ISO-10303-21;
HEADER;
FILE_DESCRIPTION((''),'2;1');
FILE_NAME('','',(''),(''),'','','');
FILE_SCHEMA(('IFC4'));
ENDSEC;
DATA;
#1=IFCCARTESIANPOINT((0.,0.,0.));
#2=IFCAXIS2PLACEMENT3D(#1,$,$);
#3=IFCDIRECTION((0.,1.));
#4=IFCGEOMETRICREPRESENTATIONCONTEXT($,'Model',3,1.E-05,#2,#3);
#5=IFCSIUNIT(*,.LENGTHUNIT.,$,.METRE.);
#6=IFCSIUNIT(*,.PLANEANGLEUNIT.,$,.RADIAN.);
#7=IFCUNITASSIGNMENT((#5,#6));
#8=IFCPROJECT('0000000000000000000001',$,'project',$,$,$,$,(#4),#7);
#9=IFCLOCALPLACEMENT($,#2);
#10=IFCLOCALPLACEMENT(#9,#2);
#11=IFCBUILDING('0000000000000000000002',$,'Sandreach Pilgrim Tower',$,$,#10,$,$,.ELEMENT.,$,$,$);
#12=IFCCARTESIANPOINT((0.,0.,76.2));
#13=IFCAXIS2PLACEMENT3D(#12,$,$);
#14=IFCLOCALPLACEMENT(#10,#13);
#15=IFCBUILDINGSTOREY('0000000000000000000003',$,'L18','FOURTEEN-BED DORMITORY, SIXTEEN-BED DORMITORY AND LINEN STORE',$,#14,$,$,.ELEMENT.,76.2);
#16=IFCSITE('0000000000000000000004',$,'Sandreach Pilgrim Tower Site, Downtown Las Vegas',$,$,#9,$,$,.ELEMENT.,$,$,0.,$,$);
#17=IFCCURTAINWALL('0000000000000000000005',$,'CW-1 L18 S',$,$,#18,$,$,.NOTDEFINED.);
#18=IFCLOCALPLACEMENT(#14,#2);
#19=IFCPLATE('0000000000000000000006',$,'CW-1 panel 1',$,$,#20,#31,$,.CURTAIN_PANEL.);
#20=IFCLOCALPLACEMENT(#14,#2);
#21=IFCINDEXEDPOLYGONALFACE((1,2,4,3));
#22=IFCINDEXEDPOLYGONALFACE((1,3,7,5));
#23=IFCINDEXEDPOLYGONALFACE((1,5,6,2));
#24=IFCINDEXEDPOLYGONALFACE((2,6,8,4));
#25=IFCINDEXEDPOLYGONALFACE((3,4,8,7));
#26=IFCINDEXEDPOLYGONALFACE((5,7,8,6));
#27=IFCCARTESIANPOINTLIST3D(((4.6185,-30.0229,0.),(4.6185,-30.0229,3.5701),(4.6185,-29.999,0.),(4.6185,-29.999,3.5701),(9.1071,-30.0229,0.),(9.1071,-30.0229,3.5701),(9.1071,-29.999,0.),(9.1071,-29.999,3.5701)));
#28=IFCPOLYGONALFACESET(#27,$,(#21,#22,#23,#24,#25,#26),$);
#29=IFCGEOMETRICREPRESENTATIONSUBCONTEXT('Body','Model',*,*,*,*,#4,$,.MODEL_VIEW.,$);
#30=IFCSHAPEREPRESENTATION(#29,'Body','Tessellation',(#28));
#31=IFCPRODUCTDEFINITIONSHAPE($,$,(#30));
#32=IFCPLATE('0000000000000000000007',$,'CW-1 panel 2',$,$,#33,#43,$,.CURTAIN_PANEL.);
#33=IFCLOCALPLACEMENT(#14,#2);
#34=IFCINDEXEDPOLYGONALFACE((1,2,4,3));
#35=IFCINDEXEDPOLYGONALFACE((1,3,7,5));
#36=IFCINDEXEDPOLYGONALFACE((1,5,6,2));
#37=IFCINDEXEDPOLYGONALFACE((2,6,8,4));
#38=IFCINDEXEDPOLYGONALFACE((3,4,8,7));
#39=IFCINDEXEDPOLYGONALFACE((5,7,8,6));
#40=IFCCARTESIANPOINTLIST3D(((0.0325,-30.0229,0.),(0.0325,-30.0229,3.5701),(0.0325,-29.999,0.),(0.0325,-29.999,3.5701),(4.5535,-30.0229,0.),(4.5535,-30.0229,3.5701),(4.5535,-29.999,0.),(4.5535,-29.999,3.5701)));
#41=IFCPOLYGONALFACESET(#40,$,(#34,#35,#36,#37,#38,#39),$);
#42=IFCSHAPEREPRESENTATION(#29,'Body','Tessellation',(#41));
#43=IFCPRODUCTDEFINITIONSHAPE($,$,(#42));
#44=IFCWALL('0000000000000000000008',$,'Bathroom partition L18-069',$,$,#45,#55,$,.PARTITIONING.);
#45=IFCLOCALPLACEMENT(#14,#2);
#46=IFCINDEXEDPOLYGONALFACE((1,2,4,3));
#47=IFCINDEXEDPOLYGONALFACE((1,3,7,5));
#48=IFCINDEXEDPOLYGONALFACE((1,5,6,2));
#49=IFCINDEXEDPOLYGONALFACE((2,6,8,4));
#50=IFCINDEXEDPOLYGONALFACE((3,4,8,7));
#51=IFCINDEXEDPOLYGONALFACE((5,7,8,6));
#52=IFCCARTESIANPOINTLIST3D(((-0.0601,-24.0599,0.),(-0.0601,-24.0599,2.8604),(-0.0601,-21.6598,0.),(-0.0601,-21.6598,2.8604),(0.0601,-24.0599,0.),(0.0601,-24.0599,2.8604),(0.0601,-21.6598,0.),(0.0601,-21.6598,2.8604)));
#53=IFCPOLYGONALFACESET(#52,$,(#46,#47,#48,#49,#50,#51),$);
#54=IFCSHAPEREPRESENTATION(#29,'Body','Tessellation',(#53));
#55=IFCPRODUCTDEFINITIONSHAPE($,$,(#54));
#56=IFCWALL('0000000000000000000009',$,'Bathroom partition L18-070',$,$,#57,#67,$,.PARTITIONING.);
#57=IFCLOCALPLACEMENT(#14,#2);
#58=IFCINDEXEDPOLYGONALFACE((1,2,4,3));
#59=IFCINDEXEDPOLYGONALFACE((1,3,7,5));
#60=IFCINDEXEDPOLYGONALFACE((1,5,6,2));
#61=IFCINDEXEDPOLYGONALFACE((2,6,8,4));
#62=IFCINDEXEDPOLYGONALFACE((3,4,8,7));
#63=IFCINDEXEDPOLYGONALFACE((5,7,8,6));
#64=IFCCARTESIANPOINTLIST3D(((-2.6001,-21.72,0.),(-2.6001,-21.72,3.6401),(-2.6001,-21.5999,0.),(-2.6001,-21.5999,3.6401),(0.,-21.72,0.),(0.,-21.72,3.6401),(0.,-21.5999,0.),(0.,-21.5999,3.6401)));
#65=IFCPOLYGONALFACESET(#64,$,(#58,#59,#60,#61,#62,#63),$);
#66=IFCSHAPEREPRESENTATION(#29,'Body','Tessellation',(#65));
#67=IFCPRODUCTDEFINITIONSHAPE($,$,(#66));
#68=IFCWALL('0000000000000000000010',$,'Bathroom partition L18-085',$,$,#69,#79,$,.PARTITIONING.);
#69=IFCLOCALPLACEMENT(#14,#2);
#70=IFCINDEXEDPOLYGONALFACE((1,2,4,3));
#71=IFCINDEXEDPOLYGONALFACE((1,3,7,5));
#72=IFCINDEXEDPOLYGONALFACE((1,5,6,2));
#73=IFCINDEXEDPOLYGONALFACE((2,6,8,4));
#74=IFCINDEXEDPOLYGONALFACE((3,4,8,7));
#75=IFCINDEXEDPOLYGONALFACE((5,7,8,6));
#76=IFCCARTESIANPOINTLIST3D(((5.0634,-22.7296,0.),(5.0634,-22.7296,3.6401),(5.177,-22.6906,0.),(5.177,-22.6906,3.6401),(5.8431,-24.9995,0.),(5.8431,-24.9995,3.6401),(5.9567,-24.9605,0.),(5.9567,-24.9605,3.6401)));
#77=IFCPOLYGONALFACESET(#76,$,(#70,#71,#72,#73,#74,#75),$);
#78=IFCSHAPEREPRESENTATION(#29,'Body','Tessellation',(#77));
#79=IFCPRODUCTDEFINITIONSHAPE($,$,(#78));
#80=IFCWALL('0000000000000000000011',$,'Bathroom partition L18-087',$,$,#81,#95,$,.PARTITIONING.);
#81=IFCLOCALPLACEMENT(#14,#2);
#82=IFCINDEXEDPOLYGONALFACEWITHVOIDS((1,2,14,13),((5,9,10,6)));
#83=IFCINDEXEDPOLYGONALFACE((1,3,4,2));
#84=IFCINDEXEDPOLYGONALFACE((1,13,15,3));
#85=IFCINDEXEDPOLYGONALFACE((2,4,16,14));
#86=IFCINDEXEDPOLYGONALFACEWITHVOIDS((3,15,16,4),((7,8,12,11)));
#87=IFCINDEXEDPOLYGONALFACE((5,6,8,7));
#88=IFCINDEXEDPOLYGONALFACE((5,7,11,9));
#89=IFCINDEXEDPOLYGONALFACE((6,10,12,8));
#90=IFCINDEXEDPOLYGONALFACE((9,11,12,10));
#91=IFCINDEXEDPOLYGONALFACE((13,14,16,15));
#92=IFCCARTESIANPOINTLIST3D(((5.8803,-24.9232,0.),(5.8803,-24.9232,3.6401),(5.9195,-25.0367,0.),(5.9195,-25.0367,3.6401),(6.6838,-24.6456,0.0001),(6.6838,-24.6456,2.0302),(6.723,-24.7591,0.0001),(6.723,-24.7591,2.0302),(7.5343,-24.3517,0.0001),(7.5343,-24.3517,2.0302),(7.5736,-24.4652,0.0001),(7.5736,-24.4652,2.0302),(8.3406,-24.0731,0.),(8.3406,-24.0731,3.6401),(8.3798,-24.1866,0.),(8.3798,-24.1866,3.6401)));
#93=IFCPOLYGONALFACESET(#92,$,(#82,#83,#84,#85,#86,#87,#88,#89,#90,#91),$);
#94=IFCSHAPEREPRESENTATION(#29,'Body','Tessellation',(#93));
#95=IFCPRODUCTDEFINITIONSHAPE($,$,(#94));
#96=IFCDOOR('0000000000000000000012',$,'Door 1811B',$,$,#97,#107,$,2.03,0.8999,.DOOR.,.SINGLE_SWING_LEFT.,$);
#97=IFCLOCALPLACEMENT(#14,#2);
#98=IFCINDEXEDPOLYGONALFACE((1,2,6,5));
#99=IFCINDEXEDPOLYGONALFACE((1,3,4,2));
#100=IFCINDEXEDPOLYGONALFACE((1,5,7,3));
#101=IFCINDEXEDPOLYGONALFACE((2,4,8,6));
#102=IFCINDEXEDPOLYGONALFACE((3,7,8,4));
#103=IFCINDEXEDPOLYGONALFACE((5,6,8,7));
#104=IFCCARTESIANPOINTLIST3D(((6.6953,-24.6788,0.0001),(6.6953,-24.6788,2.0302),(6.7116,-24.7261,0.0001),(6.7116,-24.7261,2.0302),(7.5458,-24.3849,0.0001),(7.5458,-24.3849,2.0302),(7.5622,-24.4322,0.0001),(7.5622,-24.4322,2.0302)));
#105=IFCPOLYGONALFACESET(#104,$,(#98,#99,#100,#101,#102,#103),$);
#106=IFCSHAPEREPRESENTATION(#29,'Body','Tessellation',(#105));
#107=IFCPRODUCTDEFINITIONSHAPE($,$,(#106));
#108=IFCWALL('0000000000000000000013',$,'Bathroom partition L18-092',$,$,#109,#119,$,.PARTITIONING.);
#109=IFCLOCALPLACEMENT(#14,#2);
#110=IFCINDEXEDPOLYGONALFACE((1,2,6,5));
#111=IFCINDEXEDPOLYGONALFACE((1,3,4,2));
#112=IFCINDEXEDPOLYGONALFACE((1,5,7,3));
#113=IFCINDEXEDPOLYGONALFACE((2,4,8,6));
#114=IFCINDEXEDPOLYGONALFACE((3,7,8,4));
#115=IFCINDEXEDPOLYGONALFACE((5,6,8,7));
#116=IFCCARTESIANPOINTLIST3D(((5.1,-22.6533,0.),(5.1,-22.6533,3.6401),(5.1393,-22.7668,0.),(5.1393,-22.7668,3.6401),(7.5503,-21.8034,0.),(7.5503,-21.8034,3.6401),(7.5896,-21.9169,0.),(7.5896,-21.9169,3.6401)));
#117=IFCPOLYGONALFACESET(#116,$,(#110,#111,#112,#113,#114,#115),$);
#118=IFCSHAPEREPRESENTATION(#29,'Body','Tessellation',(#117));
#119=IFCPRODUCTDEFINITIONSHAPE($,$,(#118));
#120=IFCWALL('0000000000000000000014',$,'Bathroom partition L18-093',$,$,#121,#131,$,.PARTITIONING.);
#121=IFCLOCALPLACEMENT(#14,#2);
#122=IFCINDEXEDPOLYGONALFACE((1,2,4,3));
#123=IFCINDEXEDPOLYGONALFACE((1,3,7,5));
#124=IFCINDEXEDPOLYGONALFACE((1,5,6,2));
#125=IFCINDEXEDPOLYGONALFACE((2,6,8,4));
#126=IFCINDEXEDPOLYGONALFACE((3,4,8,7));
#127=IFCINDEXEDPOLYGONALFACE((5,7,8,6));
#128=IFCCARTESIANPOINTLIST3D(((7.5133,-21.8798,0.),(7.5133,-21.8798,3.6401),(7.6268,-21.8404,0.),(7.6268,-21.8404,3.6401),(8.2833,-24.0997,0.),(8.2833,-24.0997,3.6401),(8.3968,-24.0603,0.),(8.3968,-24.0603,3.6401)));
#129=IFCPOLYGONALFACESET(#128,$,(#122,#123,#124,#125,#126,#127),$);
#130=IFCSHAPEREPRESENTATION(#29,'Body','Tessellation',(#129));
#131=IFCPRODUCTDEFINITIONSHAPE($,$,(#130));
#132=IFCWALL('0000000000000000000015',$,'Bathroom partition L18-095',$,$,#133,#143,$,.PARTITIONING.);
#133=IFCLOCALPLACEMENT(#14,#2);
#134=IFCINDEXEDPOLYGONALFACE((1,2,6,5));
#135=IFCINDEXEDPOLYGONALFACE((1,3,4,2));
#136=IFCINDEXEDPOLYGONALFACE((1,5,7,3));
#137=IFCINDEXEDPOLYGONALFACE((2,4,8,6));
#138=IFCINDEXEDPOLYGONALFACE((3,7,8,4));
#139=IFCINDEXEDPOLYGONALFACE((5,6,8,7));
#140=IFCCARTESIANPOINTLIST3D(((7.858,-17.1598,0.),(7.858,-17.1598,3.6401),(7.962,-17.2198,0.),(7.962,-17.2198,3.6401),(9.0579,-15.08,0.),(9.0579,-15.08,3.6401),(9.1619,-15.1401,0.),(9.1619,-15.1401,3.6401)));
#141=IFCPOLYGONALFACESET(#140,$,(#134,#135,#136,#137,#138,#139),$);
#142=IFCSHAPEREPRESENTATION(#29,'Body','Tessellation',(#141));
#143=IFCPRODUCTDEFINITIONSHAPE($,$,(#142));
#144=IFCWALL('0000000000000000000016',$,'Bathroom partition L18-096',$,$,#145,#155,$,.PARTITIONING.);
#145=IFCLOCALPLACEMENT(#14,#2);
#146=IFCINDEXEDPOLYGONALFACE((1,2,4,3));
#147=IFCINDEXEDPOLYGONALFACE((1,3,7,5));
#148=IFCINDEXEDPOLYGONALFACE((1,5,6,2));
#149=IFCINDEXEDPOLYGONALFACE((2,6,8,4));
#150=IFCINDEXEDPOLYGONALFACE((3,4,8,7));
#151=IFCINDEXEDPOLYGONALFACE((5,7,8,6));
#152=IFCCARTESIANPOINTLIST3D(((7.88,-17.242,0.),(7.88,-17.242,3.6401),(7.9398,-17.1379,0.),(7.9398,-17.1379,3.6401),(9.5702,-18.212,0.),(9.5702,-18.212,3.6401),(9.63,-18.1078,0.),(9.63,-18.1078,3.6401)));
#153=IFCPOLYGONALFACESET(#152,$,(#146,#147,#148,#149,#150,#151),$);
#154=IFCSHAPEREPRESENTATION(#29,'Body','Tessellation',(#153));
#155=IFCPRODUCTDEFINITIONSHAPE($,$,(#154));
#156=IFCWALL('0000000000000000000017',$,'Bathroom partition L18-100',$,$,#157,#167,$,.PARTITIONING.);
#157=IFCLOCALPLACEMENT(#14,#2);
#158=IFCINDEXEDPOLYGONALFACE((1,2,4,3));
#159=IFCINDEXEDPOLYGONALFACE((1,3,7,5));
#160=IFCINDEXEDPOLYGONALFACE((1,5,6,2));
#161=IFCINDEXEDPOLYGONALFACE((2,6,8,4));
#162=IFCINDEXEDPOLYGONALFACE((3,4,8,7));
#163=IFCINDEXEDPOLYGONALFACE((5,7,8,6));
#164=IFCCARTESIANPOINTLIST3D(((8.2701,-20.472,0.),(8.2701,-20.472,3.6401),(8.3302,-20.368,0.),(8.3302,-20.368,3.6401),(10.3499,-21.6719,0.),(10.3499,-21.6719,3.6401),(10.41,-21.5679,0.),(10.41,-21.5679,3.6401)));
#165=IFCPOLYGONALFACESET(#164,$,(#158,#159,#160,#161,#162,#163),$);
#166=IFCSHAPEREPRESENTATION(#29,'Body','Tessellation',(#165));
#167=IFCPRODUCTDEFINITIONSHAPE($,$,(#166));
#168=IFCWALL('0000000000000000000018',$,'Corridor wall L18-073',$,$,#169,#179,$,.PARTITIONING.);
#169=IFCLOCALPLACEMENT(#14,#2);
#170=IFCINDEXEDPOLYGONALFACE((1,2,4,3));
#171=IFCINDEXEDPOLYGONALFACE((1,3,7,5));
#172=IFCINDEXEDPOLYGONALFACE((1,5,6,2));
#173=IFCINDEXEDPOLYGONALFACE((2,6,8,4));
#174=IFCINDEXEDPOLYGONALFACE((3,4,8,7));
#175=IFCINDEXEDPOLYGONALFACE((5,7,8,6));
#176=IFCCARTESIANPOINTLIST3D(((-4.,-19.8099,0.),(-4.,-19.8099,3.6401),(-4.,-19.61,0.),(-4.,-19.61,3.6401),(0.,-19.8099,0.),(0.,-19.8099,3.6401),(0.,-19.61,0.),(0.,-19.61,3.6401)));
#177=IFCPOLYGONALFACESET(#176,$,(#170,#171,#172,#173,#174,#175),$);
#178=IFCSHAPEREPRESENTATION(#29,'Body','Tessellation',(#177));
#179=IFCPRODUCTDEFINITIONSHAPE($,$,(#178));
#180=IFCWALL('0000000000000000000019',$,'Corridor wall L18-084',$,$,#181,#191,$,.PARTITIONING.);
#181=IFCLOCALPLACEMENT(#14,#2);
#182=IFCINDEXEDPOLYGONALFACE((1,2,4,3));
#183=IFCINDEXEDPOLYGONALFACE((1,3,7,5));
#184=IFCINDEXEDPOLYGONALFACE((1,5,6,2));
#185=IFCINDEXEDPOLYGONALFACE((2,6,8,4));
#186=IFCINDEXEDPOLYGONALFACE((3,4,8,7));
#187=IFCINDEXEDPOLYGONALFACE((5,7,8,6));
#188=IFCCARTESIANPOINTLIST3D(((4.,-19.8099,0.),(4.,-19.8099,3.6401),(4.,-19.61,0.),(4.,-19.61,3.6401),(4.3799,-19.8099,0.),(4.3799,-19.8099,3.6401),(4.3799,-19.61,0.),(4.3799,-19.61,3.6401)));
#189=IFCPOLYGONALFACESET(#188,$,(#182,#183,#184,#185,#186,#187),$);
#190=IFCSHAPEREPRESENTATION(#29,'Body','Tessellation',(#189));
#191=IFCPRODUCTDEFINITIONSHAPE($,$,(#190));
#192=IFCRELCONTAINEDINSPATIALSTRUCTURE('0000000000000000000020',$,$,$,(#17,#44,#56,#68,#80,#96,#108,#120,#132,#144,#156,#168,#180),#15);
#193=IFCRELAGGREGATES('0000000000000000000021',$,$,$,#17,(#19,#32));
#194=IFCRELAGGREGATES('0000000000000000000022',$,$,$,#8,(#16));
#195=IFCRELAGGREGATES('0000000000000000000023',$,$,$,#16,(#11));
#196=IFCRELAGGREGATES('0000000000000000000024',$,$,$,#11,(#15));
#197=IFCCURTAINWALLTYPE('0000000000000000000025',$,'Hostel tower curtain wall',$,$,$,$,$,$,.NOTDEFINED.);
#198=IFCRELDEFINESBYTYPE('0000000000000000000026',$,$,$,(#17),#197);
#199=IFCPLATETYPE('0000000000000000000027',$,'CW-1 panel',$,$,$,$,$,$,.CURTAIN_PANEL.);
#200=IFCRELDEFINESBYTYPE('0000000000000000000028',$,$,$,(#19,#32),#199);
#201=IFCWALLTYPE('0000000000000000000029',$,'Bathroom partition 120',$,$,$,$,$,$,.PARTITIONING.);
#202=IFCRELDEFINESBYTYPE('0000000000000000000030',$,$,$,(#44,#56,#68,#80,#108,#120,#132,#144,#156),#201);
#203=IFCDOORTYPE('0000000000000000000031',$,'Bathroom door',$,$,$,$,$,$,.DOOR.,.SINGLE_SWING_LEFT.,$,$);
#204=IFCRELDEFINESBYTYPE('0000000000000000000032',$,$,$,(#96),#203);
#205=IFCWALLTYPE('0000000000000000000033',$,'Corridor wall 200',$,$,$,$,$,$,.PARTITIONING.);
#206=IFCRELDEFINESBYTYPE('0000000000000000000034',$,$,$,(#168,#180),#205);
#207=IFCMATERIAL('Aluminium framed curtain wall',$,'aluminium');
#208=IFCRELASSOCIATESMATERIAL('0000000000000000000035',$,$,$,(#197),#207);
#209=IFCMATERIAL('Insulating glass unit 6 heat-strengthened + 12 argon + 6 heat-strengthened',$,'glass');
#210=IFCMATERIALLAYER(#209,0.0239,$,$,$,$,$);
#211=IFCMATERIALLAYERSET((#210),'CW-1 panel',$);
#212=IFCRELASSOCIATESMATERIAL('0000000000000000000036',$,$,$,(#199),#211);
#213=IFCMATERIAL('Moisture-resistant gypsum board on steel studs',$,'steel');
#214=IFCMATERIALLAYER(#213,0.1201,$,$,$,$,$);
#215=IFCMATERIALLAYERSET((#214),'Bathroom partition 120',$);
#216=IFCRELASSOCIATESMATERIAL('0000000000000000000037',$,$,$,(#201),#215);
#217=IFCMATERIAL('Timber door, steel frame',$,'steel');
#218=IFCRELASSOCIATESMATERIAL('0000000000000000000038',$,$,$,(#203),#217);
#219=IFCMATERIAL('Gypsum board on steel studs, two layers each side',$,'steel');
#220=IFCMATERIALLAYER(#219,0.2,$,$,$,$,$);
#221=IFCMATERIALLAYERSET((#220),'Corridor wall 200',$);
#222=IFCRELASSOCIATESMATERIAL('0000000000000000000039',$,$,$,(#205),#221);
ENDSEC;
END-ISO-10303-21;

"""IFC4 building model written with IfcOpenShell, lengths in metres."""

from ifc_helpers import new_model, si_unit, direction, frame, frame_2d, origin, origin_2d, place, context, subcontext, project, spatial, rectangle, extrude, material, layer, layer_set, type_object, element, fill, aggregate, save


model = new_model("IFC4")

# Units and contexts
model_context = context("Model", 3, precision=1e-05, world=origin(), true_north=direction((0.0, 1.0)))
body_context = subcontext(model_context, "Body", "Model", "MODEL_VIEW")
ifc_project = project(units=[si_unit("LENGTHUNIT", "METRE"), si_unit("PLANEANGLEUNIT", "RADIAN")], contexts=[model_context])

# Site, building, storey
site_placement = place(None, origin())
site = spatial("IfcSite", under=ifc_project, at=site_placement, Name="Sandreach Pilgrim Tower Site, Downtown Las Vegas", CompositionType="ELEMENT", RefElevation=0.0)
building_placement = place(site_placement, origin())
building = spatial("IfcBuilding", under=site, at=building_placement, Name="Sandreach Pilgrim Tower", CompositionType="ELEMENT")
storey_placement = place(building_placement, frame((0.0, 0.0, 76.2)))
storey = spatial("IfcBuildingStorey", under=building, at=storey_placement, Name="L18", Description="FOURTEEN-BED DORMITORY, SIXTEEN-BED DORMITORY AND LINEN STORE", CompositionType="ELEMENT", Elevation=76.2)

# Curtain wall
ifc_material_1 = material(Name="Aluminium framed curtain wall", Category="aluminium")
curtain_wall_type = type_object("IfcCurtainWallType", Name="Hostel tower curtain wall", PredefinedType="NOTDEFINED", material=ifc_material_1)
curtain_wall_placement = place(storey_placement, origin())
curtain_wall = element("IfcCurtainWall", 1, at=curtain_wall_placement, inside=storey, type_object=curtain_wall_type, Name="CW-1 L18 S", PredefinedType="NOTDEFINED")

# Plates
ifc_material_2 = material(Name="Insulating glass unit 6 heat-strengthened + 12 argon + 6 heat-strengthened", Category="glass")
ifc_layer_1 = layer(ifc_material_2, 0.0239)
ifc_layer_set_1 = layer_set([ifc_layer_1], Name="CW-1 panel")
plate_type = type_object("IfcPlateType", Name="CW-1 panel", PredefinedType="CURTAIN_PANEL", material=ifc_layer_set_1)
plate_1_placement = place(storey_placement, frame((6.8628, -30.011, 0.0), z_axis=(0.0, 0.0, 1.0), x_axis=(-1.0, 0.0, 0.0)))
plate_1 = element("IfcPlate", 2, at=plate_1_placement, type_object=plate_type, Name="CW-1 panel 1", PredefinedType="CURTAIN_PANEL", context=body_context, shape_type="SweptSolid", body=[
    extrude(rectangle(XDim=4.4885, YDim=0.0239, at=origin_2d()), origin(), (0.0, 0.0, 1.0), 3.5701),
])
plate_2_placement = place(storey_placement, frame((2.293, -30.011, 0.0), z_axis=(0.0, 0.0, 1.0), x_axis=(-1.0, 0.0, 0.0)))
plate_2 = element("IfcPlate", 3, at=plate_2_placement, type_object=plate_type, Name="CW-1 panel 2", PredefinedType="CURTAIN_PANEL", context=body_context, shape_type="SweptSolid", body=[
    extrude(rectangle(XDim=4.521, YDim=0.0239, at=origin_2d()), origin(), (0.0, 0.0, 1.0), 3.5701),
])
aggregate(curtain_wall, [plate_1, plate_2])

# Walls
ifc_material_3 = material(Name="Moisture-resistant gypsum board on steel studs", Category="steel")
ifc_layer_2 = layer(ifc_material_3, 0.1201)
ifc_layer_set_2 = layer_set([ifc_layer_2], Name="Bathroom partition 120")
wall_type_1 = type_object("IfcWallType", Name="Bathroom partition 120", PredefinedType="PARTITIONING", material=ifc_layer_set_2)
wall_1_placement = place(storey_placement, frame((0.0, -24.0601, 0.0), z_axis=(0.0, 0.0, 1.0), x_axis=(0.0, 1.0, 0.0)))
element("IfcWall", 4, at=wall_1_placement, inside=storey, type_object=wall_type_1, Name="Bathroom partition L18-069", PredefinedType="PARTITIONING", context=body_context, shape_type="SweptSolid", body=[
    extrude(rectangle(XDim=2.4001, YDim=0.1201, at=frame_2d((1.2002, 0.0))), origin(), (0.0, 0.0, 1.0), 2.8604),
])
wall_2_placement = place(storey_placement, frame((0.0, -21.6599, 0.0), z_axis=(0.0, 0.0, 1.0), x_axis=(-1.0, 0.0, 0.0)))
element("IfcWall", 5, at=wall_2_placement, inside=storey, type_object=wall_type_1, Name="Bathroom partition L18-070", PredefinedType="PARTITIONING", context=body_context, shape_type="SweptSolid", body=[
    extrude(rectangle(XDim=2.6001, YDim=0.1201, at=frame_2d((1.3, 0.0))), origin(), (0.0, 0.0, 1.0), 3.6401),
])
wall_3_placement = place(storey_placement, frame((5.1201, -22.71, 0.0), z_axis=(0.0, 0.0, 1.0), x_axis=(0.324881, -0.945755, 0.0)))
element("IfcWall", 6, at=wall_3_placement, inside=storey, type_object=wall_type_1, Name="Bathroom partition L18-085", PredefinedType="PARTITIONING", context=body_context, shape_type="SweptSolid", body=[
    extrude(rectangle(XDim=2.4001, YDim=0.1201, at=frame_2d((1.2002, 0.0))), origin(), (0.0, 0.0, 1.0), 3.6401),
])

# Wall, opening, door
wall_4_placement = place(storey_placement, frame((5.8999, -24.98, 0.0), z_axis=(0.0, 0.0, 1.0), x_axis=(0.945165, 0.326592, 0.0)))
wall_4 = element("IfcWall", 7, at=wall_4_placement, inside=storey, type_object=wall_type_1, Name="Bathroom partition L18-087", PredefinedType="PARTITIONING", context=body_context, shape_type="SweptSolid", body=[
    extrude(rectangle(XDim=2.603, YDim=0.1201, at=frame_2d((1.3015, 0.0))), origin(), (0.0, 0.0, 1.0), 3.6401),
])
opening_1_placement = place(wall_4_placement, frame((0.8501, 0.0, 0.0)))
opening_1 = element("IfcOpeningElement", 8, at=opening_1_placement, cuts=wall_4, PredefinedType="OPENING", context=body_context, shape_type="SweptSolid", body=[
    extrude(rectangle(XDim=0.8999, YDim=2.03, at=frame_2d((0.45, 1.0151))), frame((0.0, 0.0601, 0.0), z_axis=(0.0, -1.0, 0.0), x_axis=(1.0, 0.0, 0.0)), (0.0, 0.0, 1.0), 0.1201),
])
ifc_material_4 = material(Name="Timber door, steel frame", Category="steel")
door_type_1 = type_object("IfcDoorType", Name="Bathroom door", OperationType="SINGLE_SWING_LEFT", PredefinedType="DOOR", material=ifc_material_4)
door_1_placement = place(opening_1_placement, origin())
door_1 = element("IfcDoor", 9, at=door_1_placement, inside=storey, type_object=door_type_1, Name="Door 1811B", OperationType="SINGLE_SWING_LEFT", OverallHeight=2.03, OverallWidth=0.8999, PredefinedType="DOOR", context=body_context, shape_type="SweptSolid", body=[
    extrude(rectangle(XDim=0.8999, YDim=2.03, at=frame_2d((0.45, 1.0151))), frame((0.0, 0.0249, 0.0), z_axis=(0.0, -1.0, 0.0), x_axis=(1.0, 0.0, 0.0)), (0.0, 0.0, 1.0), 0.05),
])
fill(opening_1, door_1)

# Walls
wall_5_placement = place(storey_placement, frame((7.5701, -21.8601, 0.0), z_axis=(0.0, 0.0, 1.0), x_axis=(-0.944782, -0.327699, 0.0)))
element("IfcWall", 10, at=wall_5_placement, inside=storey, type_object=wall_type_1, Name="Bathroom partition L18-092", PredefinedType="PARTITIONING", context=body_context, shape_type="SweptSolid", body=[
    extrude(rectangle(XDim=2.5935, YDim=0.1201, at=frame_2d((1.2969, 0.0))), origin(), (0.0, 0.0, 1.0), 3.6401),
])
wall_6_placement = place(storey_placement, frame((7.5701, -21.8601, 0.0), z_axis=(0.0, 0.0, 1.0), x_axis=(0.327706, -0.94478, 0.0)))
element("IfcWall", 11, at=wall_6_placement, inside=storey, type_object=wall_type_1, Name="Bathroom partition L18-093", PredefinedType="PARTITIONING", context=body_context, shape_type="SweptSolid", body=[
    extrude(rectangle(XDim=2.3496, YDim=0.1201, at=frame_2d((1.1748, 0.0))), origin(), (0.0, 0.0, 1.0), 3.6401),
])
wall_7_placement = place(storey_placement, frame((7.9099, -17.1899, 0.0), z_axis=(0.0, 0.0, 1.0), x_axis=(0.499737, 0.866177, 0.0)))
element("IfcWall", 12, at=wall_7_placement, inside=storey, type_object=wall_type_1, Name="Bathroom partition L18-095", PredefinedType="PARTITIONING", context=body_context, shape_type="SweptSolid", body=[
    extrude(rectangle(XDim=2.4011, YDim=0.1201, at=frame_2d((1.2007, 0.0))), origin(), (0.0, 0.0, 1.0), 3.6401),
])
wall_8_placement = place(storey_placement, frame((7.9099, -17.1899, 0.0), z_axis=(0.0, 0.0, 1.0), x_axis=(0.867324, -0.497744, 0.0)))
element("IfcWall", 13, at=wall_8_placement, inside=storey, type_object=wall_type_1, Name="Bathroom partition L18-096", PredefinedType="PARTITIONING", context=body_context, shape_type="SweptSolid", body=[
    extrude(rectangle(XDim=1.9487, YDim=0.1201, at=frame_2d((0.9744, 0.0))), origin(), (0.0, 0.0, 1.0), 3.6401),
])
wall_9_placement = place(storey_placement, frame((8.3, -20.4199, 0.0), z_axis=(0.0, 0.0, 1.0), x_axis=(0.866177, -0.499737, 0.0)))
element("IfcWall", 14, at=wall_9_placement, inside=storey, type_object=wall_type_1, Name="Bathroom partition L18-100", PredefinedType="PARTITIONING", context=body_context, shape_type="SweptSolid", body=[
    extrude(rectangle(XDim=2.4011, YDim=0.1201, at=frame_2d((1.2007, 0.0))), origin(), (0.0, 0.0, 1.0), 3.6401),
])

# Shared definitions
ifc_material_5 = material(Name="Gypsum board on steel studs, two layers each side", Category="steel")
ifc_layer_3 = layer(ifc_material_5, 0.2)
ifc_layer_set_3 = layer_set([ifc_layer_3], Name="Corridor wall 200")
wall_type_2 = type_object("IfcWallType", Name="Corridor wall 200", PredefinedType="PARTITIONING", material=ifc_layer_set_3)

# Wall
wall_10_placement = place(storey_placement, frame((0.0, -19.71, 0.0), z_axis=(0.0, 0.0, 1.0), x_axis=(-1.0, 0.0, 0.0)))
element("IfcWall", 15, at=wall_10_placement, inside=storey, type_object=wall_type_2, Name="Corridor wall L18-073", PredefinedType="PARTITIONING", context=body_context, shape_type="SweptSolid", body=[
    extrude(rectangle(XDim=4.0, YDim=0.2, at=frame_2d((2.0, 0.0))), origin(), (0.0, 0.0, 1.0), 3.6401),
])

# Wall
wall_11_placement = place(storey_placement, frame((4.3799, -19.71, 0.0), z_axis=(0.0, 0.0, 1.0), x_axis=(-1.0, 0.0, 0.0)))
element("IfcWall", 16, at=wall_11_placement, inside=storey, type_object=wall_type_2, Name="Corridor wall L18-084", PredefinedType="PARTITIONING", context=body_context, shape_type="SweptSolid", body=[
    extrude(rectangle(XDim=0.3799, YDim=0.2, at=frame_2d((0.1899, 0.0))), origin(), (0.0, 0.0, 1.0), 3.6401),
])

save(model, "model.ifc")
